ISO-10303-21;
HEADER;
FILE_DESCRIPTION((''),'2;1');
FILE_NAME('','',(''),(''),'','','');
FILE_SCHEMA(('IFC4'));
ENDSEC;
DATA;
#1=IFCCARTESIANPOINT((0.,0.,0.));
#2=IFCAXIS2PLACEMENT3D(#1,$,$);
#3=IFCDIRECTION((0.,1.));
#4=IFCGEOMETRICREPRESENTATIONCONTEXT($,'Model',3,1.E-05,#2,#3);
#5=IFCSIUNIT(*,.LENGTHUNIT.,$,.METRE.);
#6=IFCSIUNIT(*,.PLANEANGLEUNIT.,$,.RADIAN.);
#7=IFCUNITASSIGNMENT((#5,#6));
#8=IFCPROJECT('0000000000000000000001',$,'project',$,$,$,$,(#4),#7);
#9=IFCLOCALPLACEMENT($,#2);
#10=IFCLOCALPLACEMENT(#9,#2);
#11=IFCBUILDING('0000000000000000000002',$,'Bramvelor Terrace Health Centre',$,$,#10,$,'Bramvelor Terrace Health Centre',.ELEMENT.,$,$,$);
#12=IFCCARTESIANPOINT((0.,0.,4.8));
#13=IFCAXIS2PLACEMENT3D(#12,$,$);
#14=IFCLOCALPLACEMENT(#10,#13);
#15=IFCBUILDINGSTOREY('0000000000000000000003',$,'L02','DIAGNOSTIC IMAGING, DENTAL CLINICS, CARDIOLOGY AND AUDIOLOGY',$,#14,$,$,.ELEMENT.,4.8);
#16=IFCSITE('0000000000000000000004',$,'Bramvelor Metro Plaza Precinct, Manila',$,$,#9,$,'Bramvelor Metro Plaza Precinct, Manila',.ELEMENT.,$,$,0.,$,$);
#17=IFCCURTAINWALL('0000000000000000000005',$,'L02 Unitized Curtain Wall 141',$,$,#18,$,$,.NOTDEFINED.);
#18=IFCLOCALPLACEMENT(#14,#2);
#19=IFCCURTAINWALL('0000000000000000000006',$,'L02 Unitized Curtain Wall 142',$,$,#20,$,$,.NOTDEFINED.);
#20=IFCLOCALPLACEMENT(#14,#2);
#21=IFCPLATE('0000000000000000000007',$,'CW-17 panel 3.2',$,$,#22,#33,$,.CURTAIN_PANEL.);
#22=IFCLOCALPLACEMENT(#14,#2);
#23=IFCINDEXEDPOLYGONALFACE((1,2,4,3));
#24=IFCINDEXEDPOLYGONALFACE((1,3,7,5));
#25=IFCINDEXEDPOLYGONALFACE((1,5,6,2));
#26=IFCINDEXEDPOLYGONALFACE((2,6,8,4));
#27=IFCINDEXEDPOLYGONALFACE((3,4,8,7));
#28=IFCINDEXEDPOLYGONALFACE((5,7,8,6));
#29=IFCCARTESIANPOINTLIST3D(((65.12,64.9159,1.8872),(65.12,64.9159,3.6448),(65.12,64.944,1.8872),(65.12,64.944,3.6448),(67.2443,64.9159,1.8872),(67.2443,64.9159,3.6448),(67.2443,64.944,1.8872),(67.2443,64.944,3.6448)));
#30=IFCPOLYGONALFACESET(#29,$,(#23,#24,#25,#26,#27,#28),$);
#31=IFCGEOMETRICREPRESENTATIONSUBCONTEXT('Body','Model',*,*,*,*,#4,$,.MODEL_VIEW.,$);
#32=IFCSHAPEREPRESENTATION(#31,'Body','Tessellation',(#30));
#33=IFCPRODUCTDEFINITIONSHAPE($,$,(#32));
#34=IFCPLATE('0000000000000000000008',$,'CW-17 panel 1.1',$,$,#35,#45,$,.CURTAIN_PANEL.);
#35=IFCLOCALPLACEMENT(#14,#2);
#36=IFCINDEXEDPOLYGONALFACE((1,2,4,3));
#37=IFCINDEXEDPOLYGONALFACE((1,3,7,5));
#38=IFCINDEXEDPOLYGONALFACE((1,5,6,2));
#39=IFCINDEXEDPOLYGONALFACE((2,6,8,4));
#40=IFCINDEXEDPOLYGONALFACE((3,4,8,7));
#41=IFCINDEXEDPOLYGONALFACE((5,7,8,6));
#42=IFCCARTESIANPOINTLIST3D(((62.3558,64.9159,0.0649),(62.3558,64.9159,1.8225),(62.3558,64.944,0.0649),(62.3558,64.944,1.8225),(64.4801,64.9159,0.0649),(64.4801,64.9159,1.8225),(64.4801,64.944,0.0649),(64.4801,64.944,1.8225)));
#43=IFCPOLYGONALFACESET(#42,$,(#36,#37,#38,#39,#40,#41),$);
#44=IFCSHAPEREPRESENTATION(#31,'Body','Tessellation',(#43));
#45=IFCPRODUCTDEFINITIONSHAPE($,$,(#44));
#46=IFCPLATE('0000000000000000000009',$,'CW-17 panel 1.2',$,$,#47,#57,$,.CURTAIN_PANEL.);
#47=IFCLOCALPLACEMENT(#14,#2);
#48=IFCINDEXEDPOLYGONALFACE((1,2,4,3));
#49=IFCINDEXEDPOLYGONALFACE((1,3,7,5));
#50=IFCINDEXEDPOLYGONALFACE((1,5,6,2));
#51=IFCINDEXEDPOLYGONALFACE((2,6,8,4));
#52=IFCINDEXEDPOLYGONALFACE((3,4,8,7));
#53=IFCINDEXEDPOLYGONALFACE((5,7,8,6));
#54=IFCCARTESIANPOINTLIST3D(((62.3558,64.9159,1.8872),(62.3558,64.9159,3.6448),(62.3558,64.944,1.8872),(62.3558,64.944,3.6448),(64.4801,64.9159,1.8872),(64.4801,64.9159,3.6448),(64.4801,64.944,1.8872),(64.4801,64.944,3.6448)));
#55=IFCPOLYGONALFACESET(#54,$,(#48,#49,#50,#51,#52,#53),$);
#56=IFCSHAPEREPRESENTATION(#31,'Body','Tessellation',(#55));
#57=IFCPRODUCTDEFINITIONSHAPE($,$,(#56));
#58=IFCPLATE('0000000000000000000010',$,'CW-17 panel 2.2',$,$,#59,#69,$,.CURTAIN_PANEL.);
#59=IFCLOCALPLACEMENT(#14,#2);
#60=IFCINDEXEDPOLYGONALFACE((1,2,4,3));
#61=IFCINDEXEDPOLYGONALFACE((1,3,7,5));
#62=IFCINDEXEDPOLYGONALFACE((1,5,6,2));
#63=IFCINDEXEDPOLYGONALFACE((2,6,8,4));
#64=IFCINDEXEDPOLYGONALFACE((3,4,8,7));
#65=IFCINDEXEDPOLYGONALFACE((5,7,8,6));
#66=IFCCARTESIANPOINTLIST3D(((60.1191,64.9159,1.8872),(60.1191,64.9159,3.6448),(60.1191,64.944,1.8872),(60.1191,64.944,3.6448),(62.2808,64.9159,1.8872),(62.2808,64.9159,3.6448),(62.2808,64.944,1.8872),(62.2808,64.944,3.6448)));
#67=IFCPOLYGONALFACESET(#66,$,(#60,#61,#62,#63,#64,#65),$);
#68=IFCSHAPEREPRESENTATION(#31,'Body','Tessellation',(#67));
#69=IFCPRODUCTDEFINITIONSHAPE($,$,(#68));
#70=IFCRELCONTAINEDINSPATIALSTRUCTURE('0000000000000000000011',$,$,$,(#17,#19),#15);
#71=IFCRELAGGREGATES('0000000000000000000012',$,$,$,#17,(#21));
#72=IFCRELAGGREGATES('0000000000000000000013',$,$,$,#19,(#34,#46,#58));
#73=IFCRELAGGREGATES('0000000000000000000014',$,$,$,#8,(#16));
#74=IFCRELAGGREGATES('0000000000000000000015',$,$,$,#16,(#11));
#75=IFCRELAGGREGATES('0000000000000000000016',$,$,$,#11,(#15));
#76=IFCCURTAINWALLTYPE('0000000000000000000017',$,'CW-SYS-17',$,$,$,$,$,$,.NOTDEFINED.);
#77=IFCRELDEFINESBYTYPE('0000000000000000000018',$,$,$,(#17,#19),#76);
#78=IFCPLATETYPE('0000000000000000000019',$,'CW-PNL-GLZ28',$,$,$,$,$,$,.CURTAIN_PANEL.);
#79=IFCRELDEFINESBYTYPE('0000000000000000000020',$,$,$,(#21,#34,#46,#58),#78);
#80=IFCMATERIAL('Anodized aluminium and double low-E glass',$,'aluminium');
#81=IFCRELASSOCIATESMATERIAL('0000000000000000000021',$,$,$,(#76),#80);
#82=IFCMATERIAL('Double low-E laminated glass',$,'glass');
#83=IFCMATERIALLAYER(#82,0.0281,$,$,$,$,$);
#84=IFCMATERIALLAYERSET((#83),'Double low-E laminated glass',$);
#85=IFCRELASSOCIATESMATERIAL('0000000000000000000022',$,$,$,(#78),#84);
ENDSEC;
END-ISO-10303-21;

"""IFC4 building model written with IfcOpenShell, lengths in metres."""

from ifc_helpers import new_model, si_unit, direction, frame, origin, origin_2d, place, context, subcontext, project, spatial, rectangle, extrude, material, layer, layer_set, type_object, element, aggregate, save


model = new_model("IFC4")

# Units and contexts
model_context = context("Model", 3, precision=1e-05, world=origin(), true_north=direction((0.0, 1.0)))
body_context = subcontext(model_context, "Body", "Model", "MODEL_VIEW")
ifc_project = project(units=[si_unit("LENGTHUNIT", "METRE"), si_unit("PLANEANGLEUNIT", "RADIAN")], contexts=[model_context])

# Site, building, storey
site_placement = place(None, origin())
site = spatial("IfcSite", under=ifc_project, at=site_placement, Name="Bramvelor Metro Plaza Precinct, Manila", LongName="Bramvelor Metro Plaza Precinct, Manila", CompositionType="ELEMENT", RefElevation=0.0)
building_placement = place(site_placement, origin())
building = spatial("IfcBuilding", under=site, at=building_placement, Name="Bramvelor Terrace Health Centre", LongName="Bramvelor Terrace Health Centre", CompositionType="ELEMENT")
storey_placement = place(building_placement, frame((0.0, 0.0, 4.8)))
storey = spatial("IfcBuildingStorey", under=building, at=storey_placement, Name="L02", Description="DIAGNOSTIC IMAGING, DENTAL CLINICS, CARDIOLOGY AND AUDIOLOGY", CompositionType="ELEMENT", Elevation=4.8)

# Shared definitions
ifc_material_1 = material(Name="Anodized aluminium and double low-E glass", Category="aluminium")
curtain_wall_type = type_object("IfcCurtainWallType", Name="CW-SYS-17", PredefinedType="NOTDEFINED", material=ifc_material_1)

# Curtain walls
curtain_wall_1_placement = place(storey_placement, origin())
curtain_wall_1 = element("IfcCurtainWall", 1, at=curtain_wall_1_placement, inside=storey, type_object=curtain_wall_type, Name="L02 Unitized Curtain Wall 141", PredefinedType="NOTDEFINED")
curtain_wall_2_placement = place(storey_placement, origin())
curtain_wall_2 = element("IfcCurtainWall", 2, at=curtain_wall_2_placement, inside=storey, type_object=curtain_wall_type, Name="L02 Unitized Curtain Wall 142", PredefinedType="NOTDEFINED")

# Plates
ifc_material_2 = material(Name="Double low-E laminated glass", Category="glass")
ifc_layer = layer(ifc_material_2, 0.0281)
ifc_layer_set = layer_set([ifc_layer], Name="Double low-E laminated glass")
plate_type = type_object("IfcPlateType", Name="CW-PNL-GLZ28", PredefinedType="CURTAIN_PANEL", material=ifc_layer_set)
plate_1_placement = place(storey_placement, frame((66.1821, 64.9299, 1.8872), z_axis=(0.0, 0.0, 1.0), x_axis=(-1.0, 0.0, 0.0)))
plate_1 = element("IfcPlate", 3, at=plate_1_placement, type_object=plate_type, Name="CW-17 panel 3.2", PredefinedType="CURTAIN_PANEL", context=body_context, shape_type="SweptSolid", body=[
    extrude(rectangle(XDim=2.1243, YDim=0.0281, at=origin_2d()), origin(), (0.0, 0.0, 1.0), 1.7576),
])
aggregate(curtain_wall_1, [plate_1])
plate_2_placement = place(storey_placement, frame((63.418, 64.9299, 0.0649), z_axis=(0.0, 0.0, 1.0), x_axis=(-1.0, 0.0, 0.0)))
plate_2 = element("IfcPlate", 4, at=plate_2_placement, type_object=plate_type, Name="CW-17 panel 1.1", PredefinedType="CURTAIN_PANEL", context=body_context, shape_type="SweptSolid", body=[
    extrude(rectangle(XDim=2.1243, YDim=0.0281, at=origin_2d()), origin(), (0.0, 0.0, 1.0), 1.7576),
])
plate_3_placement = place(storey_placement, frame((63.418, 64.9299, 1.8872), z_axis=(0.0, 0.0, 1.0), x_axis=(-1.0, 0.0, 0.0)))
plate_3 = element("IfcPlate", 5, at=plate_3_placement, type_object=plate_type, Name="CW-17 panel 1.2", PredefinedType="CURTAIN_PANEL", context=body_context, shape_type="SweptSolid", body=[
    extrude(rectangle(XDim=2.1243, YDim=0.0281, at=origin_2d()), origin(), (0.0, 0.0, 1.0), 1.7576),
])
plate_4_placement = place(storey_placement, frame((61.2, 64.9299, 1.8872), z_axis=(0.0, 0.0, 1.0), x_axis=(-1.0, 0.0, 0.0)))
plate_4 = element("IfcPlate", 6, at=plate_4_placement, type_object=plate_type, Name="CW-17 panel 2.2", PredefinedType="CURTAIN_PANEL", context=body_context, shape_type="SweptSolid", body=[
    extrude(rectangle(XDim=2.1616, YDim=0.0281, at=origin_2d()), origin(), (0.0, 0.0, 1.0), 1.7576),
])
aggregate(curtain_wall_2, [plate_2, plate_3, plate_4])

save(model, "model.ifc")
